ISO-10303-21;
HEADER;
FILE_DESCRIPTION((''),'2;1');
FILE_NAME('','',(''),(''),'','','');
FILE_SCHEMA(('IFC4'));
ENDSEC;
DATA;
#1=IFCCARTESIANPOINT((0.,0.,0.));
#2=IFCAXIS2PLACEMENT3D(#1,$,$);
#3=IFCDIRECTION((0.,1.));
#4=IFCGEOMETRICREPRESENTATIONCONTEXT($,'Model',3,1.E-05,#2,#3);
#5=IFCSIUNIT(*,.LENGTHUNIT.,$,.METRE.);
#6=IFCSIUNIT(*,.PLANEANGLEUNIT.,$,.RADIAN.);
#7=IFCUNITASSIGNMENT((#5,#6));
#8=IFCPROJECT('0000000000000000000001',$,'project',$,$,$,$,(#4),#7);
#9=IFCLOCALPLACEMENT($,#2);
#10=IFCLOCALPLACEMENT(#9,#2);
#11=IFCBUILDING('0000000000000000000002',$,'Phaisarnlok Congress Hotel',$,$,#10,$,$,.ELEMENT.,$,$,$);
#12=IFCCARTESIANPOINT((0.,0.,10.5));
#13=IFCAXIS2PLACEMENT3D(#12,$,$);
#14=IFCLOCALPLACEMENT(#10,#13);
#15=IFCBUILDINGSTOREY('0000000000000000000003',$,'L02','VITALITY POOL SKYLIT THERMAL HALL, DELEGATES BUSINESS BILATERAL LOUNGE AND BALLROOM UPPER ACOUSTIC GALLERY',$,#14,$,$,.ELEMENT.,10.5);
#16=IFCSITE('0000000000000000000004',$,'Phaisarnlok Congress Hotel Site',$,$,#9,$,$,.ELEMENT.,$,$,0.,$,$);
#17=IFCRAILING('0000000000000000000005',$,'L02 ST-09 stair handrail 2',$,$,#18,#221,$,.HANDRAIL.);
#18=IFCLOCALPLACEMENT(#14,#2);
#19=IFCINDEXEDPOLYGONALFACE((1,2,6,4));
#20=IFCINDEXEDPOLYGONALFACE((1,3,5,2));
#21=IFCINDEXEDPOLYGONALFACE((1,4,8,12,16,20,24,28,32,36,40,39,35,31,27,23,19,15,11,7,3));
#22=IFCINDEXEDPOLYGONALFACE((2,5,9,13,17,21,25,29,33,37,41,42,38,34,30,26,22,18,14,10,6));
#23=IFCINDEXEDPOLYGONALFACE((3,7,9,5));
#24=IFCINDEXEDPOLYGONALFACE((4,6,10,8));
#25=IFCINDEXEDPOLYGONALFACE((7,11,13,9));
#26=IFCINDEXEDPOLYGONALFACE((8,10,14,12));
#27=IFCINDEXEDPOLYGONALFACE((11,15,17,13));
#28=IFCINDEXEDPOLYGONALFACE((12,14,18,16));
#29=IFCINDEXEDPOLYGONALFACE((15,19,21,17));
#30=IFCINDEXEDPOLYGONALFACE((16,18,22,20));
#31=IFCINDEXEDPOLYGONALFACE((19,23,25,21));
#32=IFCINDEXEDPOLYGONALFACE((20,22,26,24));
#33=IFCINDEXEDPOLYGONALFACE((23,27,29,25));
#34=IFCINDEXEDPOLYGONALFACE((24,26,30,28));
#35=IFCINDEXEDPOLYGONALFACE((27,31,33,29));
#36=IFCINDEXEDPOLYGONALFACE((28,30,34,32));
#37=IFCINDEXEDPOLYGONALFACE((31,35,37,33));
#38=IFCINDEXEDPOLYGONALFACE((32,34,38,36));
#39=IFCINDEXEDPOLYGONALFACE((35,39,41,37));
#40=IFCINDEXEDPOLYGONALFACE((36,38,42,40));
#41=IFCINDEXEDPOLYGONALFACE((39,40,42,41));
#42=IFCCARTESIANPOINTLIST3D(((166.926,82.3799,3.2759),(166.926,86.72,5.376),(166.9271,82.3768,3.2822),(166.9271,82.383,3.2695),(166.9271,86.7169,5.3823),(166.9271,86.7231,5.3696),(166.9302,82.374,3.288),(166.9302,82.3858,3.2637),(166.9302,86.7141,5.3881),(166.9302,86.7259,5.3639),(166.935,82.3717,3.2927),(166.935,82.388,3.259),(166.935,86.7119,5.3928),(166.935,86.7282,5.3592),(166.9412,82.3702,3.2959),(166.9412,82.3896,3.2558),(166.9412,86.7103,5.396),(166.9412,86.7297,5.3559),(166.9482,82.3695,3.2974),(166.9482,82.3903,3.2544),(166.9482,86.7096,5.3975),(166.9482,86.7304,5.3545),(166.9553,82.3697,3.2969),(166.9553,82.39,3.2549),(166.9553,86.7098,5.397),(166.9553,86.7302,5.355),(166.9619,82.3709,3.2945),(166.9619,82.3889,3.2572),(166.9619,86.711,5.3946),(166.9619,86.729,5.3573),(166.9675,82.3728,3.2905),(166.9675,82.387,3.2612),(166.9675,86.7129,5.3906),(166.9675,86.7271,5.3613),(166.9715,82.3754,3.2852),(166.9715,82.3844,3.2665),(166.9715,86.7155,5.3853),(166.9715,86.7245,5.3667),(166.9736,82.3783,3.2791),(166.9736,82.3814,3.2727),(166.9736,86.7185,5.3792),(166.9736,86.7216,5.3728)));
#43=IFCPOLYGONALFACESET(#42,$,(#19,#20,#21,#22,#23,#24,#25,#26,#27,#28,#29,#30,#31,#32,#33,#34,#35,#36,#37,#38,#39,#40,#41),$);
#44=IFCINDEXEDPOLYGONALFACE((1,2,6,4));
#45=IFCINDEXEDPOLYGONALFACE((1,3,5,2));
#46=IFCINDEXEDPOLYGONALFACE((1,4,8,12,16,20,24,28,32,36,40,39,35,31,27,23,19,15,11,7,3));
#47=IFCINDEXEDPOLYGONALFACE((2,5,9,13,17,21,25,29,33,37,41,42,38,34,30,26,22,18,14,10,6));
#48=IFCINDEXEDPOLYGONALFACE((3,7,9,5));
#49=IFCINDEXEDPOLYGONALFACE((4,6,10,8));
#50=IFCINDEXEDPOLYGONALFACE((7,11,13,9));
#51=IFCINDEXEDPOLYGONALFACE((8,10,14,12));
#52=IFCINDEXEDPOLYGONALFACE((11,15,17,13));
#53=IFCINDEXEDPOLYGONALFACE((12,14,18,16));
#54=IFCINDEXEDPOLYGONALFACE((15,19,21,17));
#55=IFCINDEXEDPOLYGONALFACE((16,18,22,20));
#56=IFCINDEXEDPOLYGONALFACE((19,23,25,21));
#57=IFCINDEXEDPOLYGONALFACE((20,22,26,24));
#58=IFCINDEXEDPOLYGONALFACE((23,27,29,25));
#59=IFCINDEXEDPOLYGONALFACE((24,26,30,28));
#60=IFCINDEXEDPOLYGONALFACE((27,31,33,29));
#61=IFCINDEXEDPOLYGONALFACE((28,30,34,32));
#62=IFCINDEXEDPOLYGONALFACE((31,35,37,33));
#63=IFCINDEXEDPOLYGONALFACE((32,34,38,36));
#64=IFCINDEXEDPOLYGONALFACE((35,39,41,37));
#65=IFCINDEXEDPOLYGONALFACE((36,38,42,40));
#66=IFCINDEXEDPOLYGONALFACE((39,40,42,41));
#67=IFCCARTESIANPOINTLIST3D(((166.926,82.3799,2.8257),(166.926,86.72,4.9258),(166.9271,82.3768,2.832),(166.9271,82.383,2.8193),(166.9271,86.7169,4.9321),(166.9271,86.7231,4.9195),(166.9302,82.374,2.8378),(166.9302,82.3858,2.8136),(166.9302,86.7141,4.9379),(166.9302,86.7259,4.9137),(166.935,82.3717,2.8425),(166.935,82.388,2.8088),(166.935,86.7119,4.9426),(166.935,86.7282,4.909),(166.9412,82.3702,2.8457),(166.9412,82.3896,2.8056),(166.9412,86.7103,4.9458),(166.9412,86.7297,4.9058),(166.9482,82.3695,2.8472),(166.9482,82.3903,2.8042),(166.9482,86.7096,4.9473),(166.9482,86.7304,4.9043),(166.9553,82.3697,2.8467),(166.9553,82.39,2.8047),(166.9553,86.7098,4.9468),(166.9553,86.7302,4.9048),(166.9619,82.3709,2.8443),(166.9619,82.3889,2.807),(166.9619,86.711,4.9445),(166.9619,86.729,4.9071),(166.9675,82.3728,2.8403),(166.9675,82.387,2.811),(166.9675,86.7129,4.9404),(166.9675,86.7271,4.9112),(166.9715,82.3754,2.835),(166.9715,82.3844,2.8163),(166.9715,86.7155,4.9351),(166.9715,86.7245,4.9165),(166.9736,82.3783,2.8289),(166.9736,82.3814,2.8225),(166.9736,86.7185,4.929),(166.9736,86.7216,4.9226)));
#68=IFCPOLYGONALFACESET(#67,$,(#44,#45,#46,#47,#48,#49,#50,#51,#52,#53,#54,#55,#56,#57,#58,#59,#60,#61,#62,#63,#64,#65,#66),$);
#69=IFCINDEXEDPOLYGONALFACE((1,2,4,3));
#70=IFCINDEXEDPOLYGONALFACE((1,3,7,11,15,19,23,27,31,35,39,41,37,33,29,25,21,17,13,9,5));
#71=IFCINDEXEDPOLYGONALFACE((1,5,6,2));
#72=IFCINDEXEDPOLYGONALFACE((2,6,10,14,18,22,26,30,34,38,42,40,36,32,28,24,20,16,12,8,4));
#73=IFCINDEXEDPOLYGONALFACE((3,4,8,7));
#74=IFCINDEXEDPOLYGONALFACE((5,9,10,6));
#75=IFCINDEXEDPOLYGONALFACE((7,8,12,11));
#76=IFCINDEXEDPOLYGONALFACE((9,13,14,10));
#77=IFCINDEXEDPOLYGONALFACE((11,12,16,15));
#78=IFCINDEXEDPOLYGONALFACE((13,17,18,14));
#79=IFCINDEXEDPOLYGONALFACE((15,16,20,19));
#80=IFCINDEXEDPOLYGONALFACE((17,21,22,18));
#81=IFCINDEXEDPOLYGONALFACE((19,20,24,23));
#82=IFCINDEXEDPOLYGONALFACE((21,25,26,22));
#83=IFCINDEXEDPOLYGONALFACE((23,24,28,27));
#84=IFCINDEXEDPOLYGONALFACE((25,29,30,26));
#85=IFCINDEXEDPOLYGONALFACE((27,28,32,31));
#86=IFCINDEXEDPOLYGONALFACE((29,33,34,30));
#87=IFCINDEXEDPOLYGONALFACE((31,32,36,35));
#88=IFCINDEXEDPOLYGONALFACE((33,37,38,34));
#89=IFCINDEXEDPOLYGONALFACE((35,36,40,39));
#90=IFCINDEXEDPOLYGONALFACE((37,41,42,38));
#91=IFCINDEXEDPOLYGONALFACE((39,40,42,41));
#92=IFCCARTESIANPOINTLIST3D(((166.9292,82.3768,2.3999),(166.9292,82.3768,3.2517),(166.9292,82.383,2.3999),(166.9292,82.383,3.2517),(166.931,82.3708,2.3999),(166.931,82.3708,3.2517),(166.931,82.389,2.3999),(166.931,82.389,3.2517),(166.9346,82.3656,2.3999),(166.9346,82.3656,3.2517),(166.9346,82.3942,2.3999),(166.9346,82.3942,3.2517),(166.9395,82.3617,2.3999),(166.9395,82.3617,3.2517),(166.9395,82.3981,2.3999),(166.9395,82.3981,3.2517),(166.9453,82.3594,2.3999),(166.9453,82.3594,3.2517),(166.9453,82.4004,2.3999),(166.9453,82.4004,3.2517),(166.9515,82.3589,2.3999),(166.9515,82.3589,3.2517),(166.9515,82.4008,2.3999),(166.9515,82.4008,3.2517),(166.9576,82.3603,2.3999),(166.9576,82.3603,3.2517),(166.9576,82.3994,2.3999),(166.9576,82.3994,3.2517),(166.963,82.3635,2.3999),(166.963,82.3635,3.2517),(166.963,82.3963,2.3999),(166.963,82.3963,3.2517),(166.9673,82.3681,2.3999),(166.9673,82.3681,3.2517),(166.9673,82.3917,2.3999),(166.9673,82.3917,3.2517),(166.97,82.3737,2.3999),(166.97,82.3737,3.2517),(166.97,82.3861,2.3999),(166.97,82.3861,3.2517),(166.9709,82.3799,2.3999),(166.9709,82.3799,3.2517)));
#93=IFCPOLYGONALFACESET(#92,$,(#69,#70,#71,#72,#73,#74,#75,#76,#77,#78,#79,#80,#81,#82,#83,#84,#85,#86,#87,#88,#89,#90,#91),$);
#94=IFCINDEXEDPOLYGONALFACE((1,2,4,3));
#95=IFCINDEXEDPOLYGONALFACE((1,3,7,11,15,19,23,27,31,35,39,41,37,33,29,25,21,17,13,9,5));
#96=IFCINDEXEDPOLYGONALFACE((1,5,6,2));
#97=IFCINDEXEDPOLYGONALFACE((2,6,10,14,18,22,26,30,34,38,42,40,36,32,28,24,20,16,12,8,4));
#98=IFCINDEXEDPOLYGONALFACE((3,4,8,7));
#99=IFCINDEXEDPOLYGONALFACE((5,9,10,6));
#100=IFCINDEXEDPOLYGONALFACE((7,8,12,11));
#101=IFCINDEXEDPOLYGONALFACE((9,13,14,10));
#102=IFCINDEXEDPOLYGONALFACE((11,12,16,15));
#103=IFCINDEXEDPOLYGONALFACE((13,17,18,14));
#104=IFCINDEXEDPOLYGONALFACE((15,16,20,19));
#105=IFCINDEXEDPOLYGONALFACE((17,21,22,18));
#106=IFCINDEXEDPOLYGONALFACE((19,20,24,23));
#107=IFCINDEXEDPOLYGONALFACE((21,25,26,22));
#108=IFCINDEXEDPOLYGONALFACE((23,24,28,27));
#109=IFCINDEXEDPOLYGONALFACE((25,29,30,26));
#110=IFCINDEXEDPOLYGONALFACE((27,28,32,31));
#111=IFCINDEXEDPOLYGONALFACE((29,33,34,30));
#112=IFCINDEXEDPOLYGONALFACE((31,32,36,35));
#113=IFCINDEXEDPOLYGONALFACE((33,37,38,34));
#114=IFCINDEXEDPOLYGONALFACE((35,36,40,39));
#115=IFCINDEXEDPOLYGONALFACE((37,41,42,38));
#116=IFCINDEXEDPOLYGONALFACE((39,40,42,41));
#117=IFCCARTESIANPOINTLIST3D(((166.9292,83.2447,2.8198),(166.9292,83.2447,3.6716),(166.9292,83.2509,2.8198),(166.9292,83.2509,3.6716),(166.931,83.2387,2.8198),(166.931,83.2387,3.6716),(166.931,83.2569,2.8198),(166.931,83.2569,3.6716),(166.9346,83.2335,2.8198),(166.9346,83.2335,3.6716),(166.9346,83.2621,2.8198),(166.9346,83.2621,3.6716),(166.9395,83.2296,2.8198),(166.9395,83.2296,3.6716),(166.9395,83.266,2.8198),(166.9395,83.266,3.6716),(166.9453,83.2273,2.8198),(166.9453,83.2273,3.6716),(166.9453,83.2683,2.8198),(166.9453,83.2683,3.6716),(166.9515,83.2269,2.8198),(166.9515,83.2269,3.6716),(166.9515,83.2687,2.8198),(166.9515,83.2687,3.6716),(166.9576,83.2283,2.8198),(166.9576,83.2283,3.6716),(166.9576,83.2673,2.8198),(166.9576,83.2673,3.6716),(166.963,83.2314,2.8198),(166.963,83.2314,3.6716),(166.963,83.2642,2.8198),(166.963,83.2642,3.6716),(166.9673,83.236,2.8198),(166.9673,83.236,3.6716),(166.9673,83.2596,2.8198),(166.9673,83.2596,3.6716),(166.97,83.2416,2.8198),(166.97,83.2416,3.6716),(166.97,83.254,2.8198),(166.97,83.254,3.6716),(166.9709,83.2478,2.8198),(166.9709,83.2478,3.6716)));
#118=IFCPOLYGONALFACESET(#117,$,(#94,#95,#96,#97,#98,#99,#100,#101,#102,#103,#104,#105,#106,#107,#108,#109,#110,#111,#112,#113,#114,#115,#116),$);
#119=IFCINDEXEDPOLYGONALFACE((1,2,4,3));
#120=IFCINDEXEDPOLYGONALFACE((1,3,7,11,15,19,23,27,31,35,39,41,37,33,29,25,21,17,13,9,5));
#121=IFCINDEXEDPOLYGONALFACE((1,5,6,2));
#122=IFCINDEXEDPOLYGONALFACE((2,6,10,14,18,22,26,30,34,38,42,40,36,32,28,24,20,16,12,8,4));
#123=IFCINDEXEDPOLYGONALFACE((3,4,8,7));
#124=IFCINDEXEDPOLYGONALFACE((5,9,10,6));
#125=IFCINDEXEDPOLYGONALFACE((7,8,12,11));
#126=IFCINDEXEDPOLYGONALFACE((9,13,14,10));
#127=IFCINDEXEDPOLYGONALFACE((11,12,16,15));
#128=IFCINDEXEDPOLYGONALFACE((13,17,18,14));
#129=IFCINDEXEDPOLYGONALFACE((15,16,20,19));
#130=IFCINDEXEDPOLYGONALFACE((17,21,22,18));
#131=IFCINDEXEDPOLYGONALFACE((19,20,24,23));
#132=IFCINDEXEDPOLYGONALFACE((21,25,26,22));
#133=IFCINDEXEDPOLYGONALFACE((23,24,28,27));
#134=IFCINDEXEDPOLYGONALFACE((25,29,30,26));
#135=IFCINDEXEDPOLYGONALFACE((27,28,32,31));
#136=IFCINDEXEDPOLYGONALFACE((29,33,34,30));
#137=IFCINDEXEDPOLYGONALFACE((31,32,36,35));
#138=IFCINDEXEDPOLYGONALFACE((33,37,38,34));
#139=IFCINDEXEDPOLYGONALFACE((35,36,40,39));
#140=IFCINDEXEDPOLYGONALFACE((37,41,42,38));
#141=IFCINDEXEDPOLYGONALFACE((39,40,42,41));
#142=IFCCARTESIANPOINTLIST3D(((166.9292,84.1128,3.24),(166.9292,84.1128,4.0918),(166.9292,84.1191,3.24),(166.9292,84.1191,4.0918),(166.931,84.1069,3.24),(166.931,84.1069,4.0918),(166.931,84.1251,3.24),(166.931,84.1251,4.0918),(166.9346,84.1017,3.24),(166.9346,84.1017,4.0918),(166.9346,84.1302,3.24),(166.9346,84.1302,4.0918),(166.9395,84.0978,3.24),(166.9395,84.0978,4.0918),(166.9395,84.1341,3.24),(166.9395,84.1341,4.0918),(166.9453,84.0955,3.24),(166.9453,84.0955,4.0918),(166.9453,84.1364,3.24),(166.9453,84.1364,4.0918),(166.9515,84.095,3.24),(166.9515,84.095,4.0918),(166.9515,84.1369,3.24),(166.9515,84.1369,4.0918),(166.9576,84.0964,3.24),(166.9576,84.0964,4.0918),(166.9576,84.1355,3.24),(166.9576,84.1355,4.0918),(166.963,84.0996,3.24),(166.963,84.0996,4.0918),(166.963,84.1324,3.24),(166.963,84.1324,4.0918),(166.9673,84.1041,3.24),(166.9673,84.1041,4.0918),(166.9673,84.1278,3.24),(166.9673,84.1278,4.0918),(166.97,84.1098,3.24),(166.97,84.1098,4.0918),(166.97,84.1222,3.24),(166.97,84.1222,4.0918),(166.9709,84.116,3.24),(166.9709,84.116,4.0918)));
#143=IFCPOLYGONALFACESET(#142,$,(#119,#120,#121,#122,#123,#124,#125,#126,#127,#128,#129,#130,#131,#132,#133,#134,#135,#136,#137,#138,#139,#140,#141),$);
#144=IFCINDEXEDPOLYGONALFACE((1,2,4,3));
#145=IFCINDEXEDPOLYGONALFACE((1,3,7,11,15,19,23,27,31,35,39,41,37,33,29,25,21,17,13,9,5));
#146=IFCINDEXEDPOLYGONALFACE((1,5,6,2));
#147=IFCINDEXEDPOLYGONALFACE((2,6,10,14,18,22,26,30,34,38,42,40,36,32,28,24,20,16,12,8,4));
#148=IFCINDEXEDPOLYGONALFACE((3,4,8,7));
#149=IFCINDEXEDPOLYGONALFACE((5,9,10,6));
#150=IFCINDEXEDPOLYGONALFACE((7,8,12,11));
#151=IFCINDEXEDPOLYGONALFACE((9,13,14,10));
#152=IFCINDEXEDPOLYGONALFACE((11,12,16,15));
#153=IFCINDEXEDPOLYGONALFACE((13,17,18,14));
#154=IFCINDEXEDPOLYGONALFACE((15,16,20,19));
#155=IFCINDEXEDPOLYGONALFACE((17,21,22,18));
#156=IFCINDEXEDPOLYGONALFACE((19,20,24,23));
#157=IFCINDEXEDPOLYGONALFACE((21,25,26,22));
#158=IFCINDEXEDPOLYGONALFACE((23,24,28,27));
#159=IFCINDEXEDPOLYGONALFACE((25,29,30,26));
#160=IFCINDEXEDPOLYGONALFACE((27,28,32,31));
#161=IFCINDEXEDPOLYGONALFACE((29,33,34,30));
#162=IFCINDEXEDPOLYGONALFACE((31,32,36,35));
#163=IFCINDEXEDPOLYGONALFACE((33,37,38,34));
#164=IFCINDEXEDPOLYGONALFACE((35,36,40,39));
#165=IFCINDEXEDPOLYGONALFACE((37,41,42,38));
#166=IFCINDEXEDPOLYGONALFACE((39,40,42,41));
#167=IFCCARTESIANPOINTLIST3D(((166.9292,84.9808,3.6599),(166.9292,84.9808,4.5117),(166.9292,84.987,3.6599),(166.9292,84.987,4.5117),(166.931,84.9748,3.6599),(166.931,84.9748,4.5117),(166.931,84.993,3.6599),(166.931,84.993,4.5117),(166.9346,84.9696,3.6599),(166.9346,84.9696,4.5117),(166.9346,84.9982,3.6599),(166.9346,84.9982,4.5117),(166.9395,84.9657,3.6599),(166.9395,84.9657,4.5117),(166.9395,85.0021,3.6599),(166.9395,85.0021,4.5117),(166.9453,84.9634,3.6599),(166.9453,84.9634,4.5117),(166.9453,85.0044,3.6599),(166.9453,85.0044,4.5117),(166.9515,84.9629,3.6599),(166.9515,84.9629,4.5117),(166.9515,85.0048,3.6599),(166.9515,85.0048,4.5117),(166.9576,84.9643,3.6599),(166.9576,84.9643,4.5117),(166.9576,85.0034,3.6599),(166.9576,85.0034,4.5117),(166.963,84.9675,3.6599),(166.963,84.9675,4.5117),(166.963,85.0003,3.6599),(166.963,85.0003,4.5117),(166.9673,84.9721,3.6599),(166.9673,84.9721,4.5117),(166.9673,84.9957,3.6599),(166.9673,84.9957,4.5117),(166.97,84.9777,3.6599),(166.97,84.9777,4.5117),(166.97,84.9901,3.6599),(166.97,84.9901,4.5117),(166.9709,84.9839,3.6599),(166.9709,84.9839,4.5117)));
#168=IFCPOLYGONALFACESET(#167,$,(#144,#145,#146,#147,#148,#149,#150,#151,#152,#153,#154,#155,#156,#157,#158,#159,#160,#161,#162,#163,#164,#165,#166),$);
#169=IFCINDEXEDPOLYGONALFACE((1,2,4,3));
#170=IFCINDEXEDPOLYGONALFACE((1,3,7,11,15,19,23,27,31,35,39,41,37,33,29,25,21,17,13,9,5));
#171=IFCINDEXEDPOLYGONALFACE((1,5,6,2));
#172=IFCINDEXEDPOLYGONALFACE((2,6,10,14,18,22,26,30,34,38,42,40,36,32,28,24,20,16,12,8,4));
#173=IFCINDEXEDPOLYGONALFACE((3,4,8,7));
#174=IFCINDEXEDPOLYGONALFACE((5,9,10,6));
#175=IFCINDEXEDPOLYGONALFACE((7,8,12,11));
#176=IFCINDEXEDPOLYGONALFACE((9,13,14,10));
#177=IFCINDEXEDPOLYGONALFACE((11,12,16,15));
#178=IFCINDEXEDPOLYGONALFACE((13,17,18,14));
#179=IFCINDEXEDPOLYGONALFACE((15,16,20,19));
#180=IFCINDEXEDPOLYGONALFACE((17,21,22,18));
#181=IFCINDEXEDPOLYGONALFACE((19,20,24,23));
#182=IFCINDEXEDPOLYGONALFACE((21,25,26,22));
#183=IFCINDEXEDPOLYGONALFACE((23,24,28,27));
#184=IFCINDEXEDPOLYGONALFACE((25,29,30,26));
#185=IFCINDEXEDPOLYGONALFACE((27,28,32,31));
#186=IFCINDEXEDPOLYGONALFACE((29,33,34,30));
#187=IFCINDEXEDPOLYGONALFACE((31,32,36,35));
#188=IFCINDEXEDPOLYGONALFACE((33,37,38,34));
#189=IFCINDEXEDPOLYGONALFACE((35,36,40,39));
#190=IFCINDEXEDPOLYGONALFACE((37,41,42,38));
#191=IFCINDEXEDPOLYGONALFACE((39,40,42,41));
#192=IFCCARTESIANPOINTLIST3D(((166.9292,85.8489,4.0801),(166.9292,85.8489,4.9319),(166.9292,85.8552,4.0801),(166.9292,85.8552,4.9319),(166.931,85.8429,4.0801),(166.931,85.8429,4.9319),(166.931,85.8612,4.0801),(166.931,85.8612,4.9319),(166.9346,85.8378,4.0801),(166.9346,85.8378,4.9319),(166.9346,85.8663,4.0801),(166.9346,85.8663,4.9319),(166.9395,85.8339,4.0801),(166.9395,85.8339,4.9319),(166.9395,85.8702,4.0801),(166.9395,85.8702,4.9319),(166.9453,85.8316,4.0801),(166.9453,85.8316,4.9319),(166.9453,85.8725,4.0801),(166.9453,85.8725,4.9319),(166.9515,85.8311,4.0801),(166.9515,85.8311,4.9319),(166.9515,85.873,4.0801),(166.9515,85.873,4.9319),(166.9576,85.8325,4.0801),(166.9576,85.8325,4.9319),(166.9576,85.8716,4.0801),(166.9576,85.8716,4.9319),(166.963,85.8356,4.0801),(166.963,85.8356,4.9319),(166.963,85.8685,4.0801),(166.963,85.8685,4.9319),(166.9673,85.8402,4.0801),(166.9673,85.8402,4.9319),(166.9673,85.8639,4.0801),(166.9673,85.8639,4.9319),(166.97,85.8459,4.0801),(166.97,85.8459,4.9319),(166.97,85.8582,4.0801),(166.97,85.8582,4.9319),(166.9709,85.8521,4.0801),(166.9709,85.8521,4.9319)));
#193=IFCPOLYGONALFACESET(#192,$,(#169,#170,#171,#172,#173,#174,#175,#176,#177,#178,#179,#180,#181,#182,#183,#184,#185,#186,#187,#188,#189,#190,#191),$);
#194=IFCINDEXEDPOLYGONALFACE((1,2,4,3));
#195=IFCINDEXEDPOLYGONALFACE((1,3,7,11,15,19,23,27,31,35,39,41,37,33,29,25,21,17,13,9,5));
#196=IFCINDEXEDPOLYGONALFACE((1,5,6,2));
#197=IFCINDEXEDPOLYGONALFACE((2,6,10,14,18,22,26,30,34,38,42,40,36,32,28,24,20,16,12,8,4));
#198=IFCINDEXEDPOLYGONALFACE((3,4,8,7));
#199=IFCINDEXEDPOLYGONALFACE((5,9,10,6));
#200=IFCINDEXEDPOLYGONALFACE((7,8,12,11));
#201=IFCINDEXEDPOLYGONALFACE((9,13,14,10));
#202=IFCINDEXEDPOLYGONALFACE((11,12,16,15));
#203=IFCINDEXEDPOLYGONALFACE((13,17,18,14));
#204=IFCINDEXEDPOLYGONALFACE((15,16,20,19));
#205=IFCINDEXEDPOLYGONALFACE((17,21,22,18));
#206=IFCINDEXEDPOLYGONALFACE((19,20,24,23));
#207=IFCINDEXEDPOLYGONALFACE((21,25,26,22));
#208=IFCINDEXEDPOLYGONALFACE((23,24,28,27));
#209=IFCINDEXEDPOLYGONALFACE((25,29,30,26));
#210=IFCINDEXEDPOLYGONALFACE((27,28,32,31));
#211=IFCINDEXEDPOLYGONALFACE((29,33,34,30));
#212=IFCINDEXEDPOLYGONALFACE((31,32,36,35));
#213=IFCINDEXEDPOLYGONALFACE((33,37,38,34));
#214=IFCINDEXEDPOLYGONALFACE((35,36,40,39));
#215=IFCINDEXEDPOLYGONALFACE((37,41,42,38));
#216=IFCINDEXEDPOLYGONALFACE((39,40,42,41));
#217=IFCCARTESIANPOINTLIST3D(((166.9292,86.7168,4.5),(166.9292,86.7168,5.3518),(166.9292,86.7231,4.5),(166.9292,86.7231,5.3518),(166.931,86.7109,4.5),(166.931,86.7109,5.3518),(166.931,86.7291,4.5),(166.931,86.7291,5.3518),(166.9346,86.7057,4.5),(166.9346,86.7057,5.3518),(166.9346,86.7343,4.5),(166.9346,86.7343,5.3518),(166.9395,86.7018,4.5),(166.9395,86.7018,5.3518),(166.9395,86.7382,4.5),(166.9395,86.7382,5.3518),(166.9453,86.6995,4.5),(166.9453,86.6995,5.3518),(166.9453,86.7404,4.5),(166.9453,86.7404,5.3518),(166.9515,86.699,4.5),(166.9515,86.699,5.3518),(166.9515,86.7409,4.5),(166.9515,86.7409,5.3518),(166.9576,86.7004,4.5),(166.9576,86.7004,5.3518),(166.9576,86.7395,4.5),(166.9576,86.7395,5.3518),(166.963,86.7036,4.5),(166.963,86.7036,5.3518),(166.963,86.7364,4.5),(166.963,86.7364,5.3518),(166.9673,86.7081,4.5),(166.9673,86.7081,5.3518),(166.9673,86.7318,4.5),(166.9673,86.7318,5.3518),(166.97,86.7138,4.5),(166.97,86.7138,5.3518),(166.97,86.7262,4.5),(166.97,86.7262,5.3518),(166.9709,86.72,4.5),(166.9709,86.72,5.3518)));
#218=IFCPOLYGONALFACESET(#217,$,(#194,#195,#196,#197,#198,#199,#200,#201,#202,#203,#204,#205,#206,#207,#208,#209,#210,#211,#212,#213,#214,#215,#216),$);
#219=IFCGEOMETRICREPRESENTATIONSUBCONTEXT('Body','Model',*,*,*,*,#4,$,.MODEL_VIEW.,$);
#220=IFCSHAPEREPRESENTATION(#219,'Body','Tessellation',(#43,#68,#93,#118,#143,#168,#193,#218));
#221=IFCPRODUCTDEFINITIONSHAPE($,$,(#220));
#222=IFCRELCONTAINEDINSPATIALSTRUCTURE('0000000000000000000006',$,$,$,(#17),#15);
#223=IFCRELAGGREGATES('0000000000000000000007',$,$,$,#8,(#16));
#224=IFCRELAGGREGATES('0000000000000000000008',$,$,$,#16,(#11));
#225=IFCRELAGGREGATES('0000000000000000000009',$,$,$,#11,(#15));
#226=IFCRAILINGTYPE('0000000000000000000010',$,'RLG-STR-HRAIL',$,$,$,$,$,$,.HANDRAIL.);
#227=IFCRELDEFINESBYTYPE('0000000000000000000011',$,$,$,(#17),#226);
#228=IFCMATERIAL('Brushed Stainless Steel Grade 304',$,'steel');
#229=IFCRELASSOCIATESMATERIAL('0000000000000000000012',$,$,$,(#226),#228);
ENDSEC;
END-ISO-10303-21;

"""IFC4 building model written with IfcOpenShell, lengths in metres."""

from ifc_helpers import new_model, si_unit, direction, frame, origin, origin_2d, place, context, subcontext, project, spatial, circle, extrude, material, type_object, element, save


model = new_model("IFC4")

# Units and contexts
model_context = context("Model", 3, precision=1e-05, world=origin(), true_north=direction((0.0, 1.0)))
body_context = subcontext(model_context, "Body", "Model", "MODEL_VIEW")
ifc_project = project(units=[si_unit("LENGTHUNIT", "METRE"), si_unit("PLANEANGLEUNIT", "RADIAN")], contexts=[model_context])

# Site, building, storey
site_placement = place(None, origin())
site = spatial("IfcSite", under=ifc_project, at=site_placement, Name="Phaisarnlok Congress Hotel Site", CompositionType="ELEMENT", RefElevation=0.0)
building_placement = place(site_placement, origin())
building = spatial("IfcBuilding", under=site, at=building_placement, Name="Phaisarnlok Congress Hotel", CompositionType="ELEMENT")
storey_placement = place(building_placement, frame((0.0, 0.0, 10.5)))
storey = spatial("IfcBuildingStorey", under=building, at=storey_placement, Name="L02", Description="VITALITY POOL SKYLIT THERMAL HALL, DELEGATES BUSINESS BILATERAL LOUNGE AND BALLROOM UPPER ACOUSTIC GALLERY", CompositionType="ELEMENT", Elevation=10.5)

# Railing
ifc_material_1 = material(Name="Brushed Stainless Steel Grade 304", Category="steel")
railing_type = type_object("IfcRailingType", Name="RLG-STR-HRAIL", PredefinedType="HANDRAIL", material=ifc_material_1)
railing_placement = place(storey_placement, frame((166.95, 82.3799, 2.3999)))
element("IfcRailing", 1, at=railing_placement, inside=storey, type_object=railing_type, Name="L02 ST-09 stair handrail 2", PredefinedType="HANDRAIL", context=body_context, shape_type="SweptSolid", body=[
    extrude(circle(Radius=0.0239, at=origin_2d()), frame((0.0, 0.0, 0.876), z_axis=(0.0, 0.900155, 0.43557), x_axis=(-1.0, 0.0, 0.0)), (0.0, 0.0, 1.0), 4.8215),
    extrude(circle(Radius=0.0239, at=origin_2d()), frame((0.0, 0.0, 0.4258), z_axis=(0.0, 0.900155, 0.43557), x_axis=(-1.0, 0.0, 0.0)), (0.0, 0.0, 1.0), 4.8215),
    extrude(circle(Radius=0.021, at=origin_2d()), origin(), (0.0, 0.0, 1.0), 0.8518),
    extrude(circle(Radius=0.021, at=origin_2d()), frame((0.0, 0.8679, 0.4199)), (0.0, 0.0, 1.0), 0.8518),
    extrude(circle(Radius=0.021, at=origin_2d()), frame((0.0, 1.7361, 0.8401)), (0.0, 0.0, 1.0), 0.8518),
    extrude(circle(Radius=0.021, at=origin_2d()), frame((0.0, 2.604, 1.26)), (0.0, 0.0, 1.0), 0.8518),
    extrude(circle(Radius=0.021, at=origin_2d()), frame((0.0, 3.4722, 1.6802)), (0.0, 0.0, 1.0), 0.8518),
    extrude(circle(Radius=0.021, at=origin_2d()), frame((0.0, 4.3401, 2.1001)), (0.0, 0.0, 1.0), 0.8518),
])

save(model, "model.ifc")
